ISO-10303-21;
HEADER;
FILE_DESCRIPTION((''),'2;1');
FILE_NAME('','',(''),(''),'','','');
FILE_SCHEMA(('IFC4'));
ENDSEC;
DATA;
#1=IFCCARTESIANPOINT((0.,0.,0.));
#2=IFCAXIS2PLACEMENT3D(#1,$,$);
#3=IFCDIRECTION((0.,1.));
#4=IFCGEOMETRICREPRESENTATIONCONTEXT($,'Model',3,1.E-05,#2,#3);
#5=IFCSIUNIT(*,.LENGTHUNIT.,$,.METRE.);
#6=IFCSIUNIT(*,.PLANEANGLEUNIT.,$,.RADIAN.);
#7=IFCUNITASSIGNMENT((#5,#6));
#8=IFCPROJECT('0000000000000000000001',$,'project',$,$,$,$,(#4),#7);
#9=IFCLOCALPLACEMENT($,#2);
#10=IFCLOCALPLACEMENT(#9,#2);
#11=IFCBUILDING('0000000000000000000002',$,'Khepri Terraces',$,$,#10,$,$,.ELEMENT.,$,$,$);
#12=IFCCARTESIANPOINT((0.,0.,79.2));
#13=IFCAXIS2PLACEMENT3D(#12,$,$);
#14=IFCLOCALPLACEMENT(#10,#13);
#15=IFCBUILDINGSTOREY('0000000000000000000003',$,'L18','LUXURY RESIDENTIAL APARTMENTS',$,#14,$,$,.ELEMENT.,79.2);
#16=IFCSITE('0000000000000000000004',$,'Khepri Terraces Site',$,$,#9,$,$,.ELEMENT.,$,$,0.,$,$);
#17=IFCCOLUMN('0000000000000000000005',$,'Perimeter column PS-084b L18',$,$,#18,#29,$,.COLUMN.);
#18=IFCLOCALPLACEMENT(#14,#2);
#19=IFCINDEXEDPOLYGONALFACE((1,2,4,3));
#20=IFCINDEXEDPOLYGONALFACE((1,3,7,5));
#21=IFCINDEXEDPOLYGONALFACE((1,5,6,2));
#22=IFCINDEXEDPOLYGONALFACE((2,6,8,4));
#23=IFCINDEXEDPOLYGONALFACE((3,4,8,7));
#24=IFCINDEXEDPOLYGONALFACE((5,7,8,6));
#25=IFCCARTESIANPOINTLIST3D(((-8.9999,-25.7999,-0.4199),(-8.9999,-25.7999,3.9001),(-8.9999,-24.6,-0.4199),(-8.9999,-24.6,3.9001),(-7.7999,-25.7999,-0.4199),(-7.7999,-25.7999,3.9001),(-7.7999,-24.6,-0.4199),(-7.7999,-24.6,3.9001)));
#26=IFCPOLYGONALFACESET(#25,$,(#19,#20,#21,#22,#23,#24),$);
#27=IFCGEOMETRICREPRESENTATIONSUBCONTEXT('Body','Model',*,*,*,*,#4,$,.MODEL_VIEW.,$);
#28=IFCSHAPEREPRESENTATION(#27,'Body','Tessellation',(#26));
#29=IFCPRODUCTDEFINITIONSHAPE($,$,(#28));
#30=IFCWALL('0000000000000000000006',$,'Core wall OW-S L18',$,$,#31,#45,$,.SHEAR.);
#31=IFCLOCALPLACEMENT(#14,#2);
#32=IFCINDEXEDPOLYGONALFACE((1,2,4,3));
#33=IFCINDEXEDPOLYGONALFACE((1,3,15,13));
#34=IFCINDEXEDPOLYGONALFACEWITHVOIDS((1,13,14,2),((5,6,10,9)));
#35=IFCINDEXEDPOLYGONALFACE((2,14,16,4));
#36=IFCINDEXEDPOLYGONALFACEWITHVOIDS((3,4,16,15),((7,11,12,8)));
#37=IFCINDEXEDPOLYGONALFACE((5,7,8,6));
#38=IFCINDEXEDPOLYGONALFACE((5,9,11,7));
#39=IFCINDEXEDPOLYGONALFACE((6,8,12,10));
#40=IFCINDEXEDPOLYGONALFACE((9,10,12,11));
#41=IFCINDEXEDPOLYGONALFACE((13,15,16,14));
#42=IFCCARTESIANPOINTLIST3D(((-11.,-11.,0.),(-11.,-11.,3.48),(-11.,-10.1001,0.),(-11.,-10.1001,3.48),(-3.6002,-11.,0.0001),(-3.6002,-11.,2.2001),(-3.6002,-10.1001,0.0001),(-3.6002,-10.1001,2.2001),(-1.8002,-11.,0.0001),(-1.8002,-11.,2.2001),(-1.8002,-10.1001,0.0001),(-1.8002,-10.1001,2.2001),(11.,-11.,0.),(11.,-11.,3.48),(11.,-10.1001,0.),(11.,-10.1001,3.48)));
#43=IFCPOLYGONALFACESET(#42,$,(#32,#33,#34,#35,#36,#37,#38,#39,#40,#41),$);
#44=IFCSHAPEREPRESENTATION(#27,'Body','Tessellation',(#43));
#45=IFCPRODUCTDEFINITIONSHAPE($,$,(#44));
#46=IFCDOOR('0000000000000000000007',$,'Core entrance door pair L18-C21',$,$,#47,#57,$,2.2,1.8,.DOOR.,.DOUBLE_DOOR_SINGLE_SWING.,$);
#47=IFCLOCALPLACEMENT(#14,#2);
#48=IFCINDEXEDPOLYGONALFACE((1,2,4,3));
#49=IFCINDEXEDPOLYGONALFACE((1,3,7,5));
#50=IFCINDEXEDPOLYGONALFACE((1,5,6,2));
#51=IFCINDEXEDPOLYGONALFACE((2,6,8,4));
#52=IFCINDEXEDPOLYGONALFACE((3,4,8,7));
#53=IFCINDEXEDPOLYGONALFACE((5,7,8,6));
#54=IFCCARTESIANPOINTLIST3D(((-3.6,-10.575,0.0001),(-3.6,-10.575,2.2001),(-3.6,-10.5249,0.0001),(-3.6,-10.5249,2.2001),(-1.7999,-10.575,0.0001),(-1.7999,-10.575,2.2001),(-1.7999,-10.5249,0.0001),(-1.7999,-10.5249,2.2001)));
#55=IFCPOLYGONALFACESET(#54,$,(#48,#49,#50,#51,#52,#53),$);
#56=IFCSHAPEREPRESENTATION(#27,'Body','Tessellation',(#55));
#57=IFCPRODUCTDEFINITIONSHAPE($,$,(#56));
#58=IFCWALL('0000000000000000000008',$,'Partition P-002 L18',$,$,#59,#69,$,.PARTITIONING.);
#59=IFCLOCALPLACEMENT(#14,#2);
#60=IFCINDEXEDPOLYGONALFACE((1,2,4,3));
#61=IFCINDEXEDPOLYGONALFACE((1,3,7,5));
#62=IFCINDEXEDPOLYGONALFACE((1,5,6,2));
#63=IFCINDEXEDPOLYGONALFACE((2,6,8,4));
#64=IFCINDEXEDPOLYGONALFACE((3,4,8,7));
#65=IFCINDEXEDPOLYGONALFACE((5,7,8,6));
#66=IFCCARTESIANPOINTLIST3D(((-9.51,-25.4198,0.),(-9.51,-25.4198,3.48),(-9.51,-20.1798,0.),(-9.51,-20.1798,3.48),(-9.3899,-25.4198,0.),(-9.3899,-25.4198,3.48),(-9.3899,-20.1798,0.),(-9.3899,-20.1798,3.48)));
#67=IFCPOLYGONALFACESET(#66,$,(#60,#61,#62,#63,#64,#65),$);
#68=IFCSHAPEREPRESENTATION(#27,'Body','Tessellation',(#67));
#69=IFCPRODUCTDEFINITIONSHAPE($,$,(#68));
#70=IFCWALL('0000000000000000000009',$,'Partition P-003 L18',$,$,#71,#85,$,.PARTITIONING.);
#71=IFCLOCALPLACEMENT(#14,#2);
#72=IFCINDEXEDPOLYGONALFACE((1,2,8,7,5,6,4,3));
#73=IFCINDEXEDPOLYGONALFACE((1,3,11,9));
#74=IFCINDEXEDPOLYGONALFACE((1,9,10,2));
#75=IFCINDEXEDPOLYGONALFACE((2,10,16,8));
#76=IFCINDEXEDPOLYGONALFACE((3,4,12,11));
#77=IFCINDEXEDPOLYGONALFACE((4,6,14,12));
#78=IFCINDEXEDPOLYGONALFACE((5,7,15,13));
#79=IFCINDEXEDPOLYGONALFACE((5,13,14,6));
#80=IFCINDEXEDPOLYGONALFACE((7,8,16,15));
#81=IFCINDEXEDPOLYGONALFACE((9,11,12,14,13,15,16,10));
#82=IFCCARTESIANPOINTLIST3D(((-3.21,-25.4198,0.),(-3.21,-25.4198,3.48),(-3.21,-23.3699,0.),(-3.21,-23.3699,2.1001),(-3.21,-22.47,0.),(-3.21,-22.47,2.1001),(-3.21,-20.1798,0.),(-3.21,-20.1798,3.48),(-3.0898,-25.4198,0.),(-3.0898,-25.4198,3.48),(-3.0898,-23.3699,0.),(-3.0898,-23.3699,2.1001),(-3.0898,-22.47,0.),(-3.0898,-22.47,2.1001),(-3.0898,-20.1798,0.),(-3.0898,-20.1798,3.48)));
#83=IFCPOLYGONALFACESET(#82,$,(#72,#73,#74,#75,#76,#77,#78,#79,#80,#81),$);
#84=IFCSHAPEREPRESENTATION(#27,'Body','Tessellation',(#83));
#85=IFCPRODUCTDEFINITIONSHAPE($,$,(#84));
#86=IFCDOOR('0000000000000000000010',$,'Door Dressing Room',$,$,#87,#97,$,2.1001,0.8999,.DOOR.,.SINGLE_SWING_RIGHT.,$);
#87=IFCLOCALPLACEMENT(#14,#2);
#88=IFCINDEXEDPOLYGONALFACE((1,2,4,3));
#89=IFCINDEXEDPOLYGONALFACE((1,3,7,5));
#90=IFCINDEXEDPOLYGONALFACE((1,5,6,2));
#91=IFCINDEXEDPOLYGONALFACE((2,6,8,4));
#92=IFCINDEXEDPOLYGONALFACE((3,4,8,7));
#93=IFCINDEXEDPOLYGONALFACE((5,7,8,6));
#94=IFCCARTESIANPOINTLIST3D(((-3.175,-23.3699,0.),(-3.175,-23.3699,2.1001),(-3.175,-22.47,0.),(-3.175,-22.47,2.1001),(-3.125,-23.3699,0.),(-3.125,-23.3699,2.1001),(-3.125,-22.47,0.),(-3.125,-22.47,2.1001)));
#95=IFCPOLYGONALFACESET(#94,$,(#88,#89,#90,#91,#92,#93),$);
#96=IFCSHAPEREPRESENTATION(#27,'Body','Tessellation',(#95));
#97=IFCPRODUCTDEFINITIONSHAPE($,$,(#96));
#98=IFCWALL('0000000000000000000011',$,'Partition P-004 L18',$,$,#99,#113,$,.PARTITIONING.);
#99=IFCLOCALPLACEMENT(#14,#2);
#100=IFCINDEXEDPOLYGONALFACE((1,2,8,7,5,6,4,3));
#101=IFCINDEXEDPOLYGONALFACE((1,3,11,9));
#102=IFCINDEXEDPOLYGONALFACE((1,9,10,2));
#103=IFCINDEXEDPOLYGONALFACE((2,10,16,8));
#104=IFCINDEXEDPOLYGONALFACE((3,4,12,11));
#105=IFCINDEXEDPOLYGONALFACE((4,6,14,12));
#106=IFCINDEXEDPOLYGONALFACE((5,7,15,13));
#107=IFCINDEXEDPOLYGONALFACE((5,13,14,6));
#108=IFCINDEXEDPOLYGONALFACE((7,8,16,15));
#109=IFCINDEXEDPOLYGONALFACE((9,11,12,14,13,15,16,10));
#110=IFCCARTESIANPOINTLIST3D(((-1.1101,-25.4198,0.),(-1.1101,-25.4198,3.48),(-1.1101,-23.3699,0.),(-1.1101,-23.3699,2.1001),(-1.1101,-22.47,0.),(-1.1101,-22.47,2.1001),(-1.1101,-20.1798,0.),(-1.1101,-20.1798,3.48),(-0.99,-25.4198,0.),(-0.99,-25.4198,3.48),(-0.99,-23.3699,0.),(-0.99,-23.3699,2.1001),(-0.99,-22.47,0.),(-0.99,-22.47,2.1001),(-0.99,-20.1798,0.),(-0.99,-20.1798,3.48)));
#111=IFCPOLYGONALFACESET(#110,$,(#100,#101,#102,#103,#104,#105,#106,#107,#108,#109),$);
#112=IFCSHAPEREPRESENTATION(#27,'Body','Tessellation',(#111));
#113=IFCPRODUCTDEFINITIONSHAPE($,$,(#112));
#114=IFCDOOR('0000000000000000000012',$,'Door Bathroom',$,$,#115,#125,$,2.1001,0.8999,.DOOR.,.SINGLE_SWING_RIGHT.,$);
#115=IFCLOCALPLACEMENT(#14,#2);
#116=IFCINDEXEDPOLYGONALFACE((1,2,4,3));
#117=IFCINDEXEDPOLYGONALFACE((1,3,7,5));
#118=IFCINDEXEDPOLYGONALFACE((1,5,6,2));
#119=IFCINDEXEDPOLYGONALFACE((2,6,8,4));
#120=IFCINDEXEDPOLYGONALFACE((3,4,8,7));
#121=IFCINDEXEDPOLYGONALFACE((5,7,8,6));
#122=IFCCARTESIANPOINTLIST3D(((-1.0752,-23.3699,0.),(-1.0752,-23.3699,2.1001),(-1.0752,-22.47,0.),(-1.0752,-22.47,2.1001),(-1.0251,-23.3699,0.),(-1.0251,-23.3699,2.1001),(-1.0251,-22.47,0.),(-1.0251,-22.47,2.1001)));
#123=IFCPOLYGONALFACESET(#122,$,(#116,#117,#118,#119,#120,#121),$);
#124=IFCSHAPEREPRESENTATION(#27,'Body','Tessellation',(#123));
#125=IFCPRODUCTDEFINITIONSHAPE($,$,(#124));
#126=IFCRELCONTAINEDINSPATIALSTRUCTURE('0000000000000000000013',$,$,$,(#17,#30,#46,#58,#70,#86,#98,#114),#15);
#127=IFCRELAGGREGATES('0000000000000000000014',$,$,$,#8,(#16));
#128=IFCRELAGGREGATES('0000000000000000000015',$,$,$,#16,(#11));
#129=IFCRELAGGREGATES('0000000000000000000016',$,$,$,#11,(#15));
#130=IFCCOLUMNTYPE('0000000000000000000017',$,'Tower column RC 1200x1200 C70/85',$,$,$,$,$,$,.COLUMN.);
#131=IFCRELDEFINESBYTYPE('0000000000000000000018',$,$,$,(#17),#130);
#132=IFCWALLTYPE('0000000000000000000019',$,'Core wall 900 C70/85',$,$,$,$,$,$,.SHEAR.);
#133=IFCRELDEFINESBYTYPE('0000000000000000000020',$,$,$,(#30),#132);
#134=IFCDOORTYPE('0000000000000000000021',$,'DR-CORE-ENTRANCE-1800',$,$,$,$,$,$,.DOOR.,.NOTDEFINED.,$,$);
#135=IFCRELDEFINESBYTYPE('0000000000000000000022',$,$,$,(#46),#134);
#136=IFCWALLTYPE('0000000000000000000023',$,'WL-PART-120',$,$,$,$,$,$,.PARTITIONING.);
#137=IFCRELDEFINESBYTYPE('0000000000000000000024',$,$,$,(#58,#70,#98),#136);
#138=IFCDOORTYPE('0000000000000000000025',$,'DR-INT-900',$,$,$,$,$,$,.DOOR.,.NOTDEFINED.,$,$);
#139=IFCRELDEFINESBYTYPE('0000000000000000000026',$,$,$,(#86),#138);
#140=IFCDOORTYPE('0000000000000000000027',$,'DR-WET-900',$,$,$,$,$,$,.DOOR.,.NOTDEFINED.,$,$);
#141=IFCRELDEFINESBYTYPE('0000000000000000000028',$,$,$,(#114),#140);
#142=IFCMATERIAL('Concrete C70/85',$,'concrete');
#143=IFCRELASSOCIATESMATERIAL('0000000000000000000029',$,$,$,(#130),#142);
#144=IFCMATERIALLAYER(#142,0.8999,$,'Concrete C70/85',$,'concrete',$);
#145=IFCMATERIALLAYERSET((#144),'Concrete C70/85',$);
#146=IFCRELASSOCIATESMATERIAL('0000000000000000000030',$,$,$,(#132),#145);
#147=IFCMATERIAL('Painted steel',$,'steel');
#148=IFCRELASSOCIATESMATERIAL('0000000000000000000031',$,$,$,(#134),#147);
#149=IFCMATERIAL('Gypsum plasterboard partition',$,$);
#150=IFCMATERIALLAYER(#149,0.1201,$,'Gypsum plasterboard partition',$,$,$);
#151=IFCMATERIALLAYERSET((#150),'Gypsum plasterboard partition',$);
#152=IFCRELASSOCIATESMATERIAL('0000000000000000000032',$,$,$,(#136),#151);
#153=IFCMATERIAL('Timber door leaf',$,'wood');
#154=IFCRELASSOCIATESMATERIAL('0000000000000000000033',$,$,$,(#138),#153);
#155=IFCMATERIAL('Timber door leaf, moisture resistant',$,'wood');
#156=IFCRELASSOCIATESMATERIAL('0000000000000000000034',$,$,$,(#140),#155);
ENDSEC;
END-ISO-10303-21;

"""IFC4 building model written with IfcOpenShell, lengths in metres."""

from ifc_helpers import new_model, si_unit, direction, frame, frame_2d, origin, origin_2d, place, context, subcontext, project, spatial, rectangle, extrude, material, layer, layer_set, material_profile, profile_set, type_object, element, fill, save


model = new_model("IFC4")

# Units and contexts
model_context = context("Model", 3, precision=1e-05, world=origin(), true_north=direction((0.0, 1.0)))
body_context = subcontext(model_context, "Body", "Model", "MODEL_VIEW")
ifc_project = project(units=[si_unit("LENGTHUNIT", "METRE"), si_unit("PLANEANGLEUNIT", "RADIAN")], contexts=[model_context])

# Site, building, storey
site_placement = place(None, origin())
site = spatial("IfcSite", under=ifc_project, at=site_placement, Name="Khepri Terraces Site", CompositionType="ELEMENT", RefElevation=0.0)
building_placement = place(site_placement, origin())
building = spatial("IfcBuilding", under=site, at=building_placement, Name="Khepri Terraces", CompositionType="ELEMENT")
storey_placement = place(building_placement, frame((0.0, 0.0, 79.2)))
storey = spatial("IfcBuildingStorey", under=building, at=storey_placement, Name="L18", Description="LUXURY RESIDENTIAL APARTMENTS", CompositionType="ELEMENT", Elevation=79.2)

# Column
ifc_material_1 = material(Name="Concrete C70/85", Category="concrete")
ifc_material_profile = material_profile(ifc_material_1, rectangle(XDim=1.2, YDim=1.2, at=origin_2d()), Name="Concrete C70/85", Category="concrete")
ifc_profile_set = profile_set([ifc_material_profile], Name="Concrete C70/85")
column_type = type_object("IfcColumnType", Name="Tower column RC 1200x1200 C70/85", PredefinedType="COLUMN", material=ifc_profile_set)
column_placement = place(storey_placement, frame((-8.3999, -25.2, -0.4199), z_axis=(0.0, 0.0, 1.0), x_axis=(1.0, 0.0, 0.0)))
element("IfcColumn", 1, at=column_placement, inside=storey, type_object=column_type, Name="Perimeter column PS-084b L18", PredefinedType="COLUMN", context=body_context, shape_type="SweptSolid", body=[
    extrude(rectangle(XDim=1.2, YDim=1.2, at=origin_2d()), origin(), (0.0, 0.0, 1.0), 4.3201),
])

# Wall, opening, door
ifc_layer_1 = layer(ifc_material_1, 0.8999, Name="Concrete C70/85", Category="concrete")
ifc_layer_set_1 = layer_set([ifc_layer_1], Name="Concrete C70/85")
wall_type_1 = type_object("IfcWallType", Name="Core wall 900 C70/85", PredefinedType="SHEAR", material=ifc_layer_set_1)
wall_1_placement = place(storey_placement, frame((-11.0, -10.55, 0.0), z_axis=(0.0, 0.0, 1.0), x_axis=(1.0, 0.0, 0.0)))
wall_1 = element("IfcWall", 2, at=wall_1_placement, inside=storey, type_object=wall_type_1, Name="Core wall OW-S L18", PredefinedType="SHEAR", context=body_context, shape_type="SweptSolid", body=[
    extrude(rectangle(XDim=22.0, YDim=0.8999, at=frame_2d((11.0, 0.0))), origin(), (0.0, 0.0, 1.0), 3.48),
])
opening_1_placement = place(wall_1_placement, frame((7.3999, 0.0, 0.0)))
opening_1 = element("IfcOpeningElement", 3, at=opening_1_placement, cuts=wall_1, PredefinedType="OPENING", context=body_context, shape_type="SweptSolid", body=[
    extrude(rectangle(XDim=1.8, YDim=2.2, at=frame_2d((0.8999, 1.1001))), frame((0.0, 0.46, 0.0), z_axis=(0.0, -1.0, 0.0), x_axis=(1.0, 0.0, 0.0)), (0.0, 0.0, 1.0), 0.9199),
])
ifc_material_2 = material(Name="Painted steel", Category="steel")
door_type_1 = type_object("IfcDoorType", Name="DR-CORE-ENTRANCE-1800", OperationType="NOTDEFINED", PredefinedType="DOOR", material=ifc_material_2)
door_1_placement = place(opening_1_placement, frame((1.8, 0.0, 0.0), z_axis=(0.0, 0.0, 1.0), x_axis=(-1.0, 0.0, 0.0)))
door_1 = element("IfcDoor", 4, at=door_1_placement, inside=storey, type_object=door_type_1, Name="Core entrance door pair L18-C21", OperationType="DOUBLE_DOOR_SINGLE_SWING", OverallHeight=2.2, OverallWidth=1.8, PredefinedType="DOOR", context=body_context, shape_type="SweptSolid", body=[
    extrude(rectangle(XDim=1.8, YDim=2.2, at=frame_2d((0.8999, 1.1001))), frame((0.0, 0.0249, 0.0), z_axis=(0.0, -1.0, 0.0), x_axis=(1.0, 0.0, 0.0)), (0.0, 0.0, 1.0), 0.05),
])
fill(opening_1, door_1)

# Wall
ifc_material_3 = material(Name="Gypsum plasterboard partition")
ifc_layer_2 = layer(ifc_material_3, 0.1201, Name="Gypsum plasterboard partition")
ifc_layer_set_2 = layer_set([ifc_layer_2], Name="Gypsum plasterboard partition")
wall_type_2 = type_object("IfcWallType", Name="WL-PART-120", PredefinedType="PARTITIONING", material=ifc_layer_set_2)
wall_2_placement = place(storey_placement, frame((-9.45, -25.4199, 0.0), z_axis=(0.0, 0.0, 1.0), x_axis=(0.0, 1.0, 0.0)))
element("IfcWall", 5, at=wall_2_placement, inside=storey, type_object=wall_type_2, Name="Partition P-002 L18", PredefinedType="PARTITIONING", context=body_context, shape_type="SweptSolid", body=[
    extrude(rectangle(XDim=5.24, YDim=0.1201, at=frame_2d((2.6201, 0.0))), origin(), (0.0, 0.0, 1.0), 3.48),
])

# Walls, openings, doors
wall_3_placement = place(storey_placement, frame((-3.1499, -25.4199, 0.0), z_axis=(0.0, 0.0, 1.0), x_axis=(0.0, 1.0, 0.0)))
wall_3 = element("IfcWall", 6, at=wall_3_placement, inside=storey, type_object=wall_type_2, Name="Partition P-003 L18", PredefinedType="PARTITIONING", context=body_context, shape_type="SweptSolid", body=[
    extrude(rectangle(XDim=5.24, YDim=0.1201, at=frame_2d((2.6201, 0.0))), origin(), (0.0, 0.0, 1.0), 3.48),
])
opening_2_placement = place(wall_3_placement, frame((2.05, 0.0, 0.0)))
opening_2 = element("IfcOpeningElement", 7, at=opening_2_placement, cuts=wall_3, PredefinedType="OPENING", context=body_context, shape_type="SweptSolid", body=[
    extrude(rectangle(XDim=0.8999, YDim=2.1001, at=frame_2d((0.45, 1.05))), frame((0.0, 0.0701, 0.0), z_axis=(0.0, -1.0, 0.0), x_axis=(1.0, 0.0, 0.0)), (0.0, 0.0, 1.0), 0.1401),
])
ifc_material_4 = material(Name="Timber door leaf", Category="wood")
door_type_2 = type_object("IfcDoorType", Name="DR-INT-900", OperationType="NOTDEFINED", PredefinedType="DOOR", material=ifc_material_4)
door_2_placement = place(opening_2_placement, frame((0.8999, 0.0, 0.0), z_axis=(0.0, 0.0, 1.0), x_axis=(-1.0, 0.0, 0.0)))
door_2 = element("IfcDoor", 8, at=door_2_placement, inside=storey, type_object=door_type_2, Name="Door Dressing Room", OperationType="SINGLE_SWING_RIGHT", OverallHeight=2.1001, OverallWidth=0.8999, PredefinedType="DOOR", context=body_context, shape_type="SweptSolid", body=[
    extrude(rectangle(XDim=0.8999, YDim=2.1001, at=frame_2d((0.45, 1.05))), frame((0.0, 0.0249, 0.0), z_axis=(0.0, -1.0, 0.0), x_axis=(1.0, 0.0, 0.0)), (0.0, 0.0, 1.0), 0.05),
])
fill(opening_2, door_2)
wall_4_placement = place(storey_placement, frame((-1.05, -25.4199, 0.0), z_axis=(0.0, 0.0, 1.0), x_axis=(0.0, 1.0, 0.0)))
wall_4 = element("IfcWall", 9, at=wall_4_placement, inside=storey, type_object=wall_type_2, Name="Partition P-004 L18", PredefinedType="PARTITIONING", context=body_context, shape_type="SweptSolid", body=[
    extrude(rectangle(XDim=5.24, YDim=0.1201, at=frame_2d((2.6201, 0.0))), origin(), (0.0, 0.0, 1.0), 3.48),
])
opening_3_placement = place(wall_4_placement, frame((2.05, 0.0, 0.0)))
opening_3 = element("IfcOpeningElement", 10, at=opening_3_placement, cuts=wall_4, PredefinedType="OPENING", context=body_context, shape_type="SweptSolid", body=[
    extrude(rectangle(XDim=0.8999, YDim=2.1001, at=frame_2d((0.45, 1.05))), frame((0.0, 0.0701, 0.0), z_axis=(0.0, -1.0, 0.0), x_axis=(1.0, 0.0, 0.0)), (0.0, 0.0, 1.0), 0.1401),
])
ifc_material_5 = material(Name="Timber door leaf, moisture resistant", Category="wood")
door_type_3 = type_object("IfcDoorType", Name="DR-WET-900", OperationType="NOTDEFINED", PredefinedType="DOOR", material=ifc_material_5)
door_3_placement = place(opening_3_placement, frame((0.8999, 0.0, 0.0), z_axis=(0.0, 0.0, 1.0), x_axis=(-1.0, 0.0, 0.0)))
door_3 = element("IfcDoor", 11, at=door_3_placement, inside=storey, type_object=door_type_3, Name="Door Bathroom", OperationType="SINGLE_SWING_RIGHT", OverallHeight=2.1001, OverallWidth=0.8999, PredefinedType="DOOR", context=body_context, shape_type="SweptSolid", body=[
    extrude(rectangle(XDim=0.8999, YDim=2.1001, at=frame_2d((0.45, 1.05))), frame((0.0, 0.0249, 0.0), z_axis=(0.0, -1.0, 0.0), x_axis=(1.0, 0.0, 0.0)), (0.0, 0.0, 1.0), 0.05),
])
fill(opening_3, door_3)

save(model, "model.ifc")
